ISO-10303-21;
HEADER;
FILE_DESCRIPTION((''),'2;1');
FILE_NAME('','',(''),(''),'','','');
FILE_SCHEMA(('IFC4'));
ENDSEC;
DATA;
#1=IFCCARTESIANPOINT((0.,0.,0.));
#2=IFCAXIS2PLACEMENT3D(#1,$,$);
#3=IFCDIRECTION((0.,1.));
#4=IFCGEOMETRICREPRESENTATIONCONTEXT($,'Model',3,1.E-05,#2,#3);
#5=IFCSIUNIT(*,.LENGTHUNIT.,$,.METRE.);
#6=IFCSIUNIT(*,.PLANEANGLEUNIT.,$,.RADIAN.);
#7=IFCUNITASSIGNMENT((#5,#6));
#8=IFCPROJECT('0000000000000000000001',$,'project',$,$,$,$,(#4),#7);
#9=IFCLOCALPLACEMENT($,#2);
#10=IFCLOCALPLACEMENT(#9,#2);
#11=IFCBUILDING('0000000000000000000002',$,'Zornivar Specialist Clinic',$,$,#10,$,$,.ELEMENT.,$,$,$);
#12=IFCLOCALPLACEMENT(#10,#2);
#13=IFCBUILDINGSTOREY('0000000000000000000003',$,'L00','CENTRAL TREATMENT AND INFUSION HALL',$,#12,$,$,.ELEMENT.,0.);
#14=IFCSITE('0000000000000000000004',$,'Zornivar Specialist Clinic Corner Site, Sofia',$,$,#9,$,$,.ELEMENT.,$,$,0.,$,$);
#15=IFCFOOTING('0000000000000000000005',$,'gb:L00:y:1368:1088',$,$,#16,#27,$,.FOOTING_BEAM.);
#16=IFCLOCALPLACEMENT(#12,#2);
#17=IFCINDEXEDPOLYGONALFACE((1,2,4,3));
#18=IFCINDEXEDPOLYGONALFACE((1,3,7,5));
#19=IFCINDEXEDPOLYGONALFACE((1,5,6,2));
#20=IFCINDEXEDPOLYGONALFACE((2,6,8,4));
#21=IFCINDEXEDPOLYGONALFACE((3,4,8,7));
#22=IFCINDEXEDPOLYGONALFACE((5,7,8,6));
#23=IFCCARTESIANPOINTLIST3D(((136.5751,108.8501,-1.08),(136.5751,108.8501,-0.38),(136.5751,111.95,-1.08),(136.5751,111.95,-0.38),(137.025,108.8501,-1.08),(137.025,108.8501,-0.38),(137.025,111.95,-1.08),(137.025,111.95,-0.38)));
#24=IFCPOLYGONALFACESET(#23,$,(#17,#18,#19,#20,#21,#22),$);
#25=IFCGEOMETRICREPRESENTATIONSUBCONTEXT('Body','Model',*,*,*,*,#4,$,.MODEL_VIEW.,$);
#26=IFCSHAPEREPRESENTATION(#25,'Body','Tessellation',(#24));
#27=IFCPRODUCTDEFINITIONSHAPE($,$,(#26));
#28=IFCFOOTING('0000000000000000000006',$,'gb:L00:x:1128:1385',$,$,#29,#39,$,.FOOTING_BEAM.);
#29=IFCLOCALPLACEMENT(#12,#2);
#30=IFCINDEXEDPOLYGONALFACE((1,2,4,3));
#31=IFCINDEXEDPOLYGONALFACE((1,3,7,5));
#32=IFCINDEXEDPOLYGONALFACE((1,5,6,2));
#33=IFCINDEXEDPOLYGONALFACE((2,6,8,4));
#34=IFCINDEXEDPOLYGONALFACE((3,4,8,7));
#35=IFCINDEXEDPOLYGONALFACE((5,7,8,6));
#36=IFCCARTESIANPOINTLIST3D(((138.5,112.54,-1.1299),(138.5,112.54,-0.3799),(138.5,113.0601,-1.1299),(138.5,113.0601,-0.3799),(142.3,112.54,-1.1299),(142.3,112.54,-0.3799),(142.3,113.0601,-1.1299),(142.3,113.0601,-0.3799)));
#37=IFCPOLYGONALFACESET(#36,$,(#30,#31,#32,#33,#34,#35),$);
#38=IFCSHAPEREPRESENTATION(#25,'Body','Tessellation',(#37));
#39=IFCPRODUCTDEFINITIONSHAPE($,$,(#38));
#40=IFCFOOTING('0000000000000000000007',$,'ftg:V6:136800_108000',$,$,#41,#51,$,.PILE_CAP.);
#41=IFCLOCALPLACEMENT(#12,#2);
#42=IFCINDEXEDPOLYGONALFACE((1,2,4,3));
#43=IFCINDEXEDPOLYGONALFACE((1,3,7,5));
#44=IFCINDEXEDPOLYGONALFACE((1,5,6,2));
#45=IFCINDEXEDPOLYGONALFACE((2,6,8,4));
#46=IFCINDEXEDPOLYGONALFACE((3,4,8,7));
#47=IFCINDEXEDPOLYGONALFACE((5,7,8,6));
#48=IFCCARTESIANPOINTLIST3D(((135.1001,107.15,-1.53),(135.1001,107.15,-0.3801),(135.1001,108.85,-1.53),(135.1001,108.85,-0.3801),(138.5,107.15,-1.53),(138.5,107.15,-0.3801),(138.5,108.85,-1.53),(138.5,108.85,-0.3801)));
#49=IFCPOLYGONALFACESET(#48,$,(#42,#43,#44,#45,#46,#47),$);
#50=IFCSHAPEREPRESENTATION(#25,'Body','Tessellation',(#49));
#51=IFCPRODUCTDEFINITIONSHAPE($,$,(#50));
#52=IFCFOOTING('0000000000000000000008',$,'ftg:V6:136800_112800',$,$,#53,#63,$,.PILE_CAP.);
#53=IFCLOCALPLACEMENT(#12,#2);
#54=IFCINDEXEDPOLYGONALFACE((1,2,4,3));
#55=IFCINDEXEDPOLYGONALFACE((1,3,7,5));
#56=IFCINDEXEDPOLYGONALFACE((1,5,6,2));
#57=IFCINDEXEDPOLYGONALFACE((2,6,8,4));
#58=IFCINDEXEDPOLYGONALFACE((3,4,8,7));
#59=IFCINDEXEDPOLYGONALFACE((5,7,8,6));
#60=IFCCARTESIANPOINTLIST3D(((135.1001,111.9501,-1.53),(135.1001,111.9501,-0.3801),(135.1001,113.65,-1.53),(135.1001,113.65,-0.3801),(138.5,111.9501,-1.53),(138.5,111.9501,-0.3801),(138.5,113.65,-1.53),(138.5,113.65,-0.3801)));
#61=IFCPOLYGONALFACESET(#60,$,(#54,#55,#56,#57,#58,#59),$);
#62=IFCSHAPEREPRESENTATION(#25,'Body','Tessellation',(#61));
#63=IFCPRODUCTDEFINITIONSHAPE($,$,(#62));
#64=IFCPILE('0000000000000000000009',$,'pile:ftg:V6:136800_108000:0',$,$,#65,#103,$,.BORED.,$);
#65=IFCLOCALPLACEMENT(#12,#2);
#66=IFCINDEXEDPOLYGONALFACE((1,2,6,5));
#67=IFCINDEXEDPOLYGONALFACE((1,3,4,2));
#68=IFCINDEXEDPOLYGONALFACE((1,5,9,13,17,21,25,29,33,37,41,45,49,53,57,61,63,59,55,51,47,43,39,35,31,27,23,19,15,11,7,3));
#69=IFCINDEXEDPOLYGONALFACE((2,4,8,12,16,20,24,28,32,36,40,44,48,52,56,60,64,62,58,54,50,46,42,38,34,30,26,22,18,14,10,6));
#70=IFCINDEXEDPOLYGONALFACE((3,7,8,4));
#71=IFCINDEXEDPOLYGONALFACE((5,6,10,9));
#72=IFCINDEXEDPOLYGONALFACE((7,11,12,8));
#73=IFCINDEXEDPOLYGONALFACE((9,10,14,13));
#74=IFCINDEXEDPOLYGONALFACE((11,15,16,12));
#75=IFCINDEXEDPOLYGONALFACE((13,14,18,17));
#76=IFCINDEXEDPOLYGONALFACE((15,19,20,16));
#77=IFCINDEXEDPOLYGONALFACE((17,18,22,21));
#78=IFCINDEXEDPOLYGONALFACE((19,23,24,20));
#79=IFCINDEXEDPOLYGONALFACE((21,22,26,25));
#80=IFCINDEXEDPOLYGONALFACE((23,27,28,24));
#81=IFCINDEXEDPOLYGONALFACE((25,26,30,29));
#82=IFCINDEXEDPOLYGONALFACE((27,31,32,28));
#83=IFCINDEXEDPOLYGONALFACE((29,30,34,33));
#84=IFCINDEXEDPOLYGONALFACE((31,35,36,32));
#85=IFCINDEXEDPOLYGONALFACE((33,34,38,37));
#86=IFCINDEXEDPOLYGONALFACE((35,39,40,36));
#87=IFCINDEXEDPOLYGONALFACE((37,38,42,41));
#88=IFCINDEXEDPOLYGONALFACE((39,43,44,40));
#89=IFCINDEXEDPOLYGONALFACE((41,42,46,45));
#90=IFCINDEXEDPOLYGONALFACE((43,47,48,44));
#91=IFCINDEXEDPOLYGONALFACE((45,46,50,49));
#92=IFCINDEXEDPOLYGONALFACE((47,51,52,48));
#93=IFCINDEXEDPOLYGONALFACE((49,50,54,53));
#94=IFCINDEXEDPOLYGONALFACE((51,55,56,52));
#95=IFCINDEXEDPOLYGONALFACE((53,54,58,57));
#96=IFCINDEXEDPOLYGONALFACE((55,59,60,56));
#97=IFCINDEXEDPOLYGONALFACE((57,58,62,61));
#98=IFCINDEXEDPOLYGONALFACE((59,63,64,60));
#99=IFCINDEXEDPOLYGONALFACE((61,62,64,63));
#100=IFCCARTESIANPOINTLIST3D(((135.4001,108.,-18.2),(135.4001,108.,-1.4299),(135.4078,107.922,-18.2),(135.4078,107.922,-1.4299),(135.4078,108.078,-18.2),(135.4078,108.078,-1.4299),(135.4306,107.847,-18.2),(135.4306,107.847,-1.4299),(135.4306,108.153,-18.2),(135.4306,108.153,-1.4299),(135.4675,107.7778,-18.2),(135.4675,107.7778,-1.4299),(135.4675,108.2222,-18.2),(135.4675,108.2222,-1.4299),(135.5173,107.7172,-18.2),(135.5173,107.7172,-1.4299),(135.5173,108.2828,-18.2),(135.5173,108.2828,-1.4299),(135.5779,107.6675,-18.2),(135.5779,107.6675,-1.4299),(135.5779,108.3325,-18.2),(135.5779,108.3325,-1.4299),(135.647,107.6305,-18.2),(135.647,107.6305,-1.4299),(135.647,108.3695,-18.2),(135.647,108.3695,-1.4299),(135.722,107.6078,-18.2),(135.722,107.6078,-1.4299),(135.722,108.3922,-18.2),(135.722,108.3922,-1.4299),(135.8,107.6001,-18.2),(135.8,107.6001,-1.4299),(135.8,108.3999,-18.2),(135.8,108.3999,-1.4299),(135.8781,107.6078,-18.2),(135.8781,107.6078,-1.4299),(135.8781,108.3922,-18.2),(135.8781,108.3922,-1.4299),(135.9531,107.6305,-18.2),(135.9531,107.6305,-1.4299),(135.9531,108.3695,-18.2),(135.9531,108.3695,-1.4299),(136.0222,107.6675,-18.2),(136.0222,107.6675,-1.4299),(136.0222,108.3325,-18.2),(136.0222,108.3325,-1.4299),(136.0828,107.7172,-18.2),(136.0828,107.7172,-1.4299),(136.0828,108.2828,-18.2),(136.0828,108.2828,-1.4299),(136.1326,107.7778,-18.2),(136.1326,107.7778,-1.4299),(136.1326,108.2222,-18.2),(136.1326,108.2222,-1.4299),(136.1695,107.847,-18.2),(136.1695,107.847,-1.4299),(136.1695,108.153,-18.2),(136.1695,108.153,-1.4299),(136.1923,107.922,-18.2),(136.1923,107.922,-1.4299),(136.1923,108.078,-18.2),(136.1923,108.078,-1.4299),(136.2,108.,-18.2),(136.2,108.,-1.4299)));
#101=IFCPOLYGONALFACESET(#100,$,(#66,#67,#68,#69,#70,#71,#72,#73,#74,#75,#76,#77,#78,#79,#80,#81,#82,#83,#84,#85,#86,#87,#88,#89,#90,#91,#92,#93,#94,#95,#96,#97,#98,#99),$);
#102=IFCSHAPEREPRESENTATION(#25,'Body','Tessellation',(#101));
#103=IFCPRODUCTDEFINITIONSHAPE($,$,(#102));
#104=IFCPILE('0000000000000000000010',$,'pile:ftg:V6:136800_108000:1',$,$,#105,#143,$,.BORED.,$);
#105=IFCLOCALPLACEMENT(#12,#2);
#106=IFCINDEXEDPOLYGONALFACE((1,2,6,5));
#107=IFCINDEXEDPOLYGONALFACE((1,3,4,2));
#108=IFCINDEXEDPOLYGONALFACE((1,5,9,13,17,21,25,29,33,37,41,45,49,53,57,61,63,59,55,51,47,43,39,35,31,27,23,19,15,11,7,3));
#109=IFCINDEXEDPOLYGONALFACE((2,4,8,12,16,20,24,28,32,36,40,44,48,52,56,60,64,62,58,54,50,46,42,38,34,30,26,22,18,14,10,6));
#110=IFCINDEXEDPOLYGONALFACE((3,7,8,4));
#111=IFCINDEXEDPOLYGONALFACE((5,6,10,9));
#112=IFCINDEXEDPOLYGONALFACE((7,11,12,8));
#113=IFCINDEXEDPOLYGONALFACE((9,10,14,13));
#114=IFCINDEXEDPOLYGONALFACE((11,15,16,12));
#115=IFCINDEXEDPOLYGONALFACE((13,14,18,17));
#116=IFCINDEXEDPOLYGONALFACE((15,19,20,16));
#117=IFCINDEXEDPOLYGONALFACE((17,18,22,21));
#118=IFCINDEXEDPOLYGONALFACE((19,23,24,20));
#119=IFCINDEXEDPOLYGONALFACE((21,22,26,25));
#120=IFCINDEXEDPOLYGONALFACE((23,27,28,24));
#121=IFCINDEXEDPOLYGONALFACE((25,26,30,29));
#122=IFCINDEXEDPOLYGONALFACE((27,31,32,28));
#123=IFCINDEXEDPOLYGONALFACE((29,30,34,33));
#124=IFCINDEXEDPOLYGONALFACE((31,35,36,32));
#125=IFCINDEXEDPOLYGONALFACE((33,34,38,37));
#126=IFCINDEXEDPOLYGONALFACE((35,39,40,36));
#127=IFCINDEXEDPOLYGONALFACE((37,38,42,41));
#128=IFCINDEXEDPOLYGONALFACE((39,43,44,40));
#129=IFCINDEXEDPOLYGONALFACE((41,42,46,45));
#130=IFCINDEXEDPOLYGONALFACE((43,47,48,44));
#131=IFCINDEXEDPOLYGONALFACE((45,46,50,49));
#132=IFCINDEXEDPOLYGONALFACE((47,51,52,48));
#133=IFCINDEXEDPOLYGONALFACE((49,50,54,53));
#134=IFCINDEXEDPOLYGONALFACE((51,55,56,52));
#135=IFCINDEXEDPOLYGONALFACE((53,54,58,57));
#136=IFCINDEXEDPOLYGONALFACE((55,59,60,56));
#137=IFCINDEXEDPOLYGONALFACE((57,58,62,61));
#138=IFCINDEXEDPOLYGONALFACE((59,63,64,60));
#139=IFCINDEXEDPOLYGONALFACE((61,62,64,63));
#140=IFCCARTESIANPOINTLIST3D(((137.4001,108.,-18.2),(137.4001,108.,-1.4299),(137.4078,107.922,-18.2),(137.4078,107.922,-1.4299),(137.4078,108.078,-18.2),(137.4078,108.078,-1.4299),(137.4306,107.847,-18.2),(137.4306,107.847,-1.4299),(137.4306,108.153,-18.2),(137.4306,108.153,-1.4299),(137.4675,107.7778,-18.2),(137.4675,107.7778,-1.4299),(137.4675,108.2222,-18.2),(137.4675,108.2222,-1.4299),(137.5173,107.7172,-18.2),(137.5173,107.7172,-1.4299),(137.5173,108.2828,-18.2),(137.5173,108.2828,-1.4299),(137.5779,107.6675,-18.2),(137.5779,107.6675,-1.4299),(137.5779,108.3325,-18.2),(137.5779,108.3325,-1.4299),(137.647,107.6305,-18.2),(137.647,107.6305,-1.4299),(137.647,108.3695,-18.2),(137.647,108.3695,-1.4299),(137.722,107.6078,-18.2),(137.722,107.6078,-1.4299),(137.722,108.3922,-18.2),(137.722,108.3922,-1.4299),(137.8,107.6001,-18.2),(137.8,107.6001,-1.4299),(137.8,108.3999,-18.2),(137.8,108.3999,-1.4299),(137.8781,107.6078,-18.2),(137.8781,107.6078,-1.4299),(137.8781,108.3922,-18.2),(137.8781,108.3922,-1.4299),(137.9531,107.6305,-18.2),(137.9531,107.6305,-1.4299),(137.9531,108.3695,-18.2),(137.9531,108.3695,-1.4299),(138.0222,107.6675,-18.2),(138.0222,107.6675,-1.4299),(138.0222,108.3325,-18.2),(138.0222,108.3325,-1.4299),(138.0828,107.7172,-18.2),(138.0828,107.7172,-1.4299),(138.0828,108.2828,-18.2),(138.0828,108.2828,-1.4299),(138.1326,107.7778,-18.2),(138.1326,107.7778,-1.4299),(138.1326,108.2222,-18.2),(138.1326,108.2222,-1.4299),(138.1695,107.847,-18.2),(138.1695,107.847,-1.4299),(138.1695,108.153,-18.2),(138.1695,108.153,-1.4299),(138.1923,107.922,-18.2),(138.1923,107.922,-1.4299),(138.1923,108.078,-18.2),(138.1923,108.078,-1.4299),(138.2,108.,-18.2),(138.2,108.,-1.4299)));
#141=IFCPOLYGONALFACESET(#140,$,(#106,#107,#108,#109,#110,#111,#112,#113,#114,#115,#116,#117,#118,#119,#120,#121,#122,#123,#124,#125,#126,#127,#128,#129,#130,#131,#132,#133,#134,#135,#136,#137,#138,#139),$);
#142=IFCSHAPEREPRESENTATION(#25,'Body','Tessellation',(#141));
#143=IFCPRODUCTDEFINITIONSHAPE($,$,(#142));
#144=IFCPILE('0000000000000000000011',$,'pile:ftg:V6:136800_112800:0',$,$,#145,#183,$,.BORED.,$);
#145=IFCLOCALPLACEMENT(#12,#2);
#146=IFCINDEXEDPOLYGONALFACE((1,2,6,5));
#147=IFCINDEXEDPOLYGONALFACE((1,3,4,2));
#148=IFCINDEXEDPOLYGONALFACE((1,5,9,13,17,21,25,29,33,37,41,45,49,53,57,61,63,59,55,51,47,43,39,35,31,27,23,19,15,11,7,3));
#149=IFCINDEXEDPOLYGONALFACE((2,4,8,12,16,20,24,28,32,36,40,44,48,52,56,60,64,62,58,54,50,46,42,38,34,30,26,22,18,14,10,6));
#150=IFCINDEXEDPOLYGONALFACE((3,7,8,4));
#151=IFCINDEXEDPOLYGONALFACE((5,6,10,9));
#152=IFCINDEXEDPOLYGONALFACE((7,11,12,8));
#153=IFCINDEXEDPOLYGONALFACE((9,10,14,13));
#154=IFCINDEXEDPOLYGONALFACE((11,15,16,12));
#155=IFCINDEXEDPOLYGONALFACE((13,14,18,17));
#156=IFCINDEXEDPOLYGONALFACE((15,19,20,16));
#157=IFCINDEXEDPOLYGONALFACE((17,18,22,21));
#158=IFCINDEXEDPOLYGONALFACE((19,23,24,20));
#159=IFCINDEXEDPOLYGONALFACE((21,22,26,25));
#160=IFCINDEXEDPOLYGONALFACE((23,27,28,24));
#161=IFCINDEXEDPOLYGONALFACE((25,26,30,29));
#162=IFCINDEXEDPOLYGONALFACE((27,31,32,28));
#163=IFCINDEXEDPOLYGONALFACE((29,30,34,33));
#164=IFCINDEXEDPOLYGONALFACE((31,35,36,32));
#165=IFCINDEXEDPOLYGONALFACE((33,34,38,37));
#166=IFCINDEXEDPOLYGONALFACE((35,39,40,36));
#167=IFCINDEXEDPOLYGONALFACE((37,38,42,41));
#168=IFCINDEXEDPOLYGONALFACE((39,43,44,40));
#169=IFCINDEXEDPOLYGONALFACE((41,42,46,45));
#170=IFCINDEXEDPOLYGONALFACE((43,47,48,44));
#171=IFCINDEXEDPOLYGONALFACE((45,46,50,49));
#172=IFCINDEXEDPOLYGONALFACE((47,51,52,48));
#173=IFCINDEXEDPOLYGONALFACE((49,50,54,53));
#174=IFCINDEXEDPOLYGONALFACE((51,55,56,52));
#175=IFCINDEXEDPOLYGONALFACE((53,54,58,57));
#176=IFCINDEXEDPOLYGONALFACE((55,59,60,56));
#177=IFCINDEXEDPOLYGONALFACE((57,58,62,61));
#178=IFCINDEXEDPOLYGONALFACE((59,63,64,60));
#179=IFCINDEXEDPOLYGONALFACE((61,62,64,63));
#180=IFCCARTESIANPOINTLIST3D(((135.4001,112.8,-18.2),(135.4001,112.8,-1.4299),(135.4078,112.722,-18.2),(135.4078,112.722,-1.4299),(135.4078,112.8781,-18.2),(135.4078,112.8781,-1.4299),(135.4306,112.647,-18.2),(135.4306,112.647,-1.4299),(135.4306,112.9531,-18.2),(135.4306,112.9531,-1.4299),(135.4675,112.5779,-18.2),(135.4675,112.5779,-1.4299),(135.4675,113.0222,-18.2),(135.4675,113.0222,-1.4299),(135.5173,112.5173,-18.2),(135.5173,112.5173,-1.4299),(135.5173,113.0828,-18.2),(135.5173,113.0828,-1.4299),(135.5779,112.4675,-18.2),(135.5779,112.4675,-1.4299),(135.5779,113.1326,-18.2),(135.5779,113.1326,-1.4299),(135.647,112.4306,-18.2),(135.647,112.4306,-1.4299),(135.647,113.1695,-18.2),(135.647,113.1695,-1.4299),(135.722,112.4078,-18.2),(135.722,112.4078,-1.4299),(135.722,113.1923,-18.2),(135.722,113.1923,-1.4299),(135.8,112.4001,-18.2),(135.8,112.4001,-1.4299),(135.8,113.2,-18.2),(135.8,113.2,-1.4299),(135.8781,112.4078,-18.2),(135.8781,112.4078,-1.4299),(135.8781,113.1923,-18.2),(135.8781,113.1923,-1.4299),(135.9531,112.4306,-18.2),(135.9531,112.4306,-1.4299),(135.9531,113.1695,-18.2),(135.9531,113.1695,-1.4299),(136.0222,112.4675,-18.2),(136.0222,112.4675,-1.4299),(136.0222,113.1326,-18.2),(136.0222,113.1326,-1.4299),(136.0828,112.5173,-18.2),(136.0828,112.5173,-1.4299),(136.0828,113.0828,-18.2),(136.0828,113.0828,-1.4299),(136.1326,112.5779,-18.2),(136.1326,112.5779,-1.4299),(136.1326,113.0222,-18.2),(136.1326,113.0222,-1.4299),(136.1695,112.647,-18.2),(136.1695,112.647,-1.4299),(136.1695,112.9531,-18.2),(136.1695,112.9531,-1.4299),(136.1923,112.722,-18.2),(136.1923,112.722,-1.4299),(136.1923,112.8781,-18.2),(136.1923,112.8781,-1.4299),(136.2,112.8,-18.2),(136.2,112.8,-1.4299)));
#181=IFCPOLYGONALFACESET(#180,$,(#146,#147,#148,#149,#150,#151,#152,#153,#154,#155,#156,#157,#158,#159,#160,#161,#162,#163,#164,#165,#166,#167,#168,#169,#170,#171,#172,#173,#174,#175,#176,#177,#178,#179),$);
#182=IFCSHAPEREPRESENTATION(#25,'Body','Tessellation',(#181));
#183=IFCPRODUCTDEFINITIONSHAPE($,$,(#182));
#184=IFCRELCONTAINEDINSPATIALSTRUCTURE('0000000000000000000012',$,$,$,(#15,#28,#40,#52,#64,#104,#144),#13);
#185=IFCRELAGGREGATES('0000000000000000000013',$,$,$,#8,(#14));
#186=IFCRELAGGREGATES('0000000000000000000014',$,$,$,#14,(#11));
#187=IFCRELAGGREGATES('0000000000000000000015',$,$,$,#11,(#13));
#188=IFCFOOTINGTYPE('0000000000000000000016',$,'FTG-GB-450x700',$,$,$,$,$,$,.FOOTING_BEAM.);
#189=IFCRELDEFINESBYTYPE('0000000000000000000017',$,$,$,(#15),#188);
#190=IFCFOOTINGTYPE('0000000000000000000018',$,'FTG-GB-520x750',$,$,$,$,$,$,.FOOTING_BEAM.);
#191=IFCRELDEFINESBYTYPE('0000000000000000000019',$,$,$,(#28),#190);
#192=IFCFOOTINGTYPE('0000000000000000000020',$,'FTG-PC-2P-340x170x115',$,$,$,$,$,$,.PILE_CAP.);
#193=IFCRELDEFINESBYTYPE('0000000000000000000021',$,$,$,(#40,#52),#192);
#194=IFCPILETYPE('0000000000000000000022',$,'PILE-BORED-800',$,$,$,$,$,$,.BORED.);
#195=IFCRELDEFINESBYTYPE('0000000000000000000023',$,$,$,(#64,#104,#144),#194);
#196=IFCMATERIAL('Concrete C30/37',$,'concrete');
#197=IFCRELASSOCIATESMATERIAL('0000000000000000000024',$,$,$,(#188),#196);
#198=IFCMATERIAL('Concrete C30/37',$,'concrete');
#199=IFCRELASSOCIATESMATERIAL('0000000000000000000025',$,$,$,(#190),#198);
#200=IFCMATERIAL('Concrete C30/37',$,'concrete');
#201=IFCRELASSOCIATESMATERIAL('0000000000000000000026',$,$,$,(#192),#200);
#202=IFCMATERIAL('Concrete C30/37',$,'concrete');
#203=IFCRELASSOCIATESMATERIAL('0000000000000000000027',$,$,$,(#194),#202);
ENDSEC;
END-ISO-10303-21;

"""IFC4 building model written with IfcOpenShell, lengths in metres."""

from ifc_helpers import new_model, si_unit, direction, frame, origin, origin_2d, place, context, subcontext, project, spatial, rectangle, circle, extrude, material, material_profile, profile_set, type_object, element, save


model = new_model("IFC4")

# Units and contexts
model_context = context("Model", 3, precision=1e-05, world=origin(), true_north=direction((0.0, 1.0)))
body_context = subcontext(model_context, "Body", "Model", "MODEL_VIEW")
ifc_project = project(units=[si_unit("LENGTHUNIT", "METRE"), si_unit("PLANEANGLEUNIT", "RADIAN")], contexts=[model_context])

# Site, building, storey
site_placement = place(None, origin())
site = spatial("IfcSite", under=ifc_project, at=site_placement, Name="Zornivar Specialist Clinic Corner Site, Sofia", CompositionType="ELEMENT", RefElevation=0.0)
building_placement = place(site_placement, origin())
building = spatial("IfcBuilding", under=site, at=building_placement, Name="Zornivar Specialist Clinic", CompositionType="ELEMENT")
storey_placement = place(building_placement, origin())
storey = spatial("IfcBuildingStorey", under=building, at=storey_placement, Name="L00", Description="CENTRAL TREATMENT AND INFUSION HALL", CompositionType="ELEMENT", Elevation=0.0)

# Footings
ifc_material_1 = material(Name="Concrete C30/37", Category="concrete")
ifc_material_profile_1 = material_profile(ifc_material_1, rectangle(XDim=0.45, YDim=0.7, at=origin_2d()), Name="RC 450x700")
ifc_profile_set_1 = profile_set([ifc_material_profile_1], Name="Concrete C30/37")
footing_type_1 = type_object("IfcFootingType", Name="FTG-GB-450x700", PredefinedType="FOOTING_BEAM", material=ifc_profile_set_1)
footing_1_placement = place(storey_placement, frame((136.8, 108.8501, -0.73), z_axis=(0.0, 1.0, 0.0), x_axis=(-1.0, 0.0, 0.0)))
element("IfcFooting", 1, at=footing_1_placement, inside=storey, type_object=footing_type_1, Name="gb:L00:y:1368:1088", PredefinedType="FOOTING_BEAM", context=body_context, shape_type="SweptSolid", body=[
    extrude(rectangle(XDim=0.45, YDim=0.7, at=origin_2d()), origin(), (0.0, 0.0, 1.0), 3.0999),
])
ifc_material_2 = material(Name="Concrete C30/37", Category="concrete")
ifc_material_profile_2 = material_profile(ifc_material_2, rectangle(XDim=0.52, YDim=0.75, at=origin_2d()), Name="RC 520x750")
ifc_profile_set_2 = profile_set([ifc_material_profile_2], Name="Concrete C30/37")
footing_type_2 = type_object("IfcFootingType", Name="FTG-GB-520x750", PredefinedType="FOOTING_BEAM", material=ifc_profile_set_2)
footing_2_placement = place(storey_placement, frame((138.5, 112.8, -0.7549), z_axis=(1.0, 0.0, 0.0), x_axis=(0.0, 1.0, 0.0)))
element("IfcFooting", 2, at=footing_2_placement, inside=storey, type_object=footing_type_2, Name="gb:L00:x:1128:1385", PredefinedType="FOOTING_BEAM", context=body_context, shape_type="SweptSolid", body=[
    extrude(rectangle(XDim=0.52, YDim=0.75, at=origin_2d()), origin(), (0.0, 0.0, 1.0), 3.8),
])
ifc_material_3 = material(Name="Concrete C30/37", Category="concrete")
footing_type_3 = type_object("IfcFootingType", Name="FTG-PC-2P-340x170x115", PredefinedType="PILE_CAP", material=ifc_material_3)
for number, where, z_axis, x_axis, name in (
    (3, (136.8, 108.0, -1.53), (0.0, 0.0, 1.0), (1.0, 0.0, 0.0), "ftg:V6:136800_108000"),
    (4, (136.8, 112.8, -1.53), (0.0, 0.0, 1.0), (1.0, 0.0, 0.0), "ftg:V6:136800_112800"),
):
    element("IfcFooting", number, at=place(storey_placement, frame(where, z_axis=z_axis, x_axis=x_axis)), inside=storey, type_object=footing_type_3, Name=name, PredefinedType="PILE_CAP", context=body_context, shape_type="SweptSolid", body=[
        extrude(rectangle(XDim=3.3999, YDim=1.7, at=origin_2d()), origin(), (0.0, 0.0, 1.0), 1.1499),
    ])

# Piles
ifc_material_4 = material(Name="Concrete C30/37", Category="concrete")
ifc_material_profile_3 = material_profile(ifc_material_4, circle(Radius=0.3999, at=origin_2d()), Name="PILE D800")
ifc_profile_set_3 = profile_set([ifc_material_profile_3], Name="Concrete C30/37")
pile_type = type_object("IfcPileType", Name="PILE-BORED-800", PredefinedType="BORED", material=ifc_profile_set_3)
for number, where, z_axis, x_axis, name in (
    (5, (135.8, 108.0, -1.4299), (0.0, 0.0, -1.0), (1.0, 0.0, 0.0), "pile:ftg:V6:136800_108000:0"),
    (6, (137.8, 108.0, -1.4299), (0.0, 0.0, -1.0), (1.0, 0.0, 0.0), "pile:ftg:V6:136800_108000:1"),
    (7, (135.8, 112.8, -1.4299), (0.0, 0.0, -1.0), (1.0, 0.0, 0.0), "pile:ftg:V6:136800_112800:0"),
):
    element("IfcPile", number, at=place(storey_placement, frame(where, z_axis=z_axis, x_axis=x_axis)), inside=storey, type_object=pile_type, Name=name, PredefinedType="BORED", context=body_context, shape_type="SweptSolid", body=[
        extrude(circle(Radius=0.3999, at=origin_2d()), origin(), (0.0, 0.0, 1.0), 16.77),
    ])

save(model, "model.ifc")
